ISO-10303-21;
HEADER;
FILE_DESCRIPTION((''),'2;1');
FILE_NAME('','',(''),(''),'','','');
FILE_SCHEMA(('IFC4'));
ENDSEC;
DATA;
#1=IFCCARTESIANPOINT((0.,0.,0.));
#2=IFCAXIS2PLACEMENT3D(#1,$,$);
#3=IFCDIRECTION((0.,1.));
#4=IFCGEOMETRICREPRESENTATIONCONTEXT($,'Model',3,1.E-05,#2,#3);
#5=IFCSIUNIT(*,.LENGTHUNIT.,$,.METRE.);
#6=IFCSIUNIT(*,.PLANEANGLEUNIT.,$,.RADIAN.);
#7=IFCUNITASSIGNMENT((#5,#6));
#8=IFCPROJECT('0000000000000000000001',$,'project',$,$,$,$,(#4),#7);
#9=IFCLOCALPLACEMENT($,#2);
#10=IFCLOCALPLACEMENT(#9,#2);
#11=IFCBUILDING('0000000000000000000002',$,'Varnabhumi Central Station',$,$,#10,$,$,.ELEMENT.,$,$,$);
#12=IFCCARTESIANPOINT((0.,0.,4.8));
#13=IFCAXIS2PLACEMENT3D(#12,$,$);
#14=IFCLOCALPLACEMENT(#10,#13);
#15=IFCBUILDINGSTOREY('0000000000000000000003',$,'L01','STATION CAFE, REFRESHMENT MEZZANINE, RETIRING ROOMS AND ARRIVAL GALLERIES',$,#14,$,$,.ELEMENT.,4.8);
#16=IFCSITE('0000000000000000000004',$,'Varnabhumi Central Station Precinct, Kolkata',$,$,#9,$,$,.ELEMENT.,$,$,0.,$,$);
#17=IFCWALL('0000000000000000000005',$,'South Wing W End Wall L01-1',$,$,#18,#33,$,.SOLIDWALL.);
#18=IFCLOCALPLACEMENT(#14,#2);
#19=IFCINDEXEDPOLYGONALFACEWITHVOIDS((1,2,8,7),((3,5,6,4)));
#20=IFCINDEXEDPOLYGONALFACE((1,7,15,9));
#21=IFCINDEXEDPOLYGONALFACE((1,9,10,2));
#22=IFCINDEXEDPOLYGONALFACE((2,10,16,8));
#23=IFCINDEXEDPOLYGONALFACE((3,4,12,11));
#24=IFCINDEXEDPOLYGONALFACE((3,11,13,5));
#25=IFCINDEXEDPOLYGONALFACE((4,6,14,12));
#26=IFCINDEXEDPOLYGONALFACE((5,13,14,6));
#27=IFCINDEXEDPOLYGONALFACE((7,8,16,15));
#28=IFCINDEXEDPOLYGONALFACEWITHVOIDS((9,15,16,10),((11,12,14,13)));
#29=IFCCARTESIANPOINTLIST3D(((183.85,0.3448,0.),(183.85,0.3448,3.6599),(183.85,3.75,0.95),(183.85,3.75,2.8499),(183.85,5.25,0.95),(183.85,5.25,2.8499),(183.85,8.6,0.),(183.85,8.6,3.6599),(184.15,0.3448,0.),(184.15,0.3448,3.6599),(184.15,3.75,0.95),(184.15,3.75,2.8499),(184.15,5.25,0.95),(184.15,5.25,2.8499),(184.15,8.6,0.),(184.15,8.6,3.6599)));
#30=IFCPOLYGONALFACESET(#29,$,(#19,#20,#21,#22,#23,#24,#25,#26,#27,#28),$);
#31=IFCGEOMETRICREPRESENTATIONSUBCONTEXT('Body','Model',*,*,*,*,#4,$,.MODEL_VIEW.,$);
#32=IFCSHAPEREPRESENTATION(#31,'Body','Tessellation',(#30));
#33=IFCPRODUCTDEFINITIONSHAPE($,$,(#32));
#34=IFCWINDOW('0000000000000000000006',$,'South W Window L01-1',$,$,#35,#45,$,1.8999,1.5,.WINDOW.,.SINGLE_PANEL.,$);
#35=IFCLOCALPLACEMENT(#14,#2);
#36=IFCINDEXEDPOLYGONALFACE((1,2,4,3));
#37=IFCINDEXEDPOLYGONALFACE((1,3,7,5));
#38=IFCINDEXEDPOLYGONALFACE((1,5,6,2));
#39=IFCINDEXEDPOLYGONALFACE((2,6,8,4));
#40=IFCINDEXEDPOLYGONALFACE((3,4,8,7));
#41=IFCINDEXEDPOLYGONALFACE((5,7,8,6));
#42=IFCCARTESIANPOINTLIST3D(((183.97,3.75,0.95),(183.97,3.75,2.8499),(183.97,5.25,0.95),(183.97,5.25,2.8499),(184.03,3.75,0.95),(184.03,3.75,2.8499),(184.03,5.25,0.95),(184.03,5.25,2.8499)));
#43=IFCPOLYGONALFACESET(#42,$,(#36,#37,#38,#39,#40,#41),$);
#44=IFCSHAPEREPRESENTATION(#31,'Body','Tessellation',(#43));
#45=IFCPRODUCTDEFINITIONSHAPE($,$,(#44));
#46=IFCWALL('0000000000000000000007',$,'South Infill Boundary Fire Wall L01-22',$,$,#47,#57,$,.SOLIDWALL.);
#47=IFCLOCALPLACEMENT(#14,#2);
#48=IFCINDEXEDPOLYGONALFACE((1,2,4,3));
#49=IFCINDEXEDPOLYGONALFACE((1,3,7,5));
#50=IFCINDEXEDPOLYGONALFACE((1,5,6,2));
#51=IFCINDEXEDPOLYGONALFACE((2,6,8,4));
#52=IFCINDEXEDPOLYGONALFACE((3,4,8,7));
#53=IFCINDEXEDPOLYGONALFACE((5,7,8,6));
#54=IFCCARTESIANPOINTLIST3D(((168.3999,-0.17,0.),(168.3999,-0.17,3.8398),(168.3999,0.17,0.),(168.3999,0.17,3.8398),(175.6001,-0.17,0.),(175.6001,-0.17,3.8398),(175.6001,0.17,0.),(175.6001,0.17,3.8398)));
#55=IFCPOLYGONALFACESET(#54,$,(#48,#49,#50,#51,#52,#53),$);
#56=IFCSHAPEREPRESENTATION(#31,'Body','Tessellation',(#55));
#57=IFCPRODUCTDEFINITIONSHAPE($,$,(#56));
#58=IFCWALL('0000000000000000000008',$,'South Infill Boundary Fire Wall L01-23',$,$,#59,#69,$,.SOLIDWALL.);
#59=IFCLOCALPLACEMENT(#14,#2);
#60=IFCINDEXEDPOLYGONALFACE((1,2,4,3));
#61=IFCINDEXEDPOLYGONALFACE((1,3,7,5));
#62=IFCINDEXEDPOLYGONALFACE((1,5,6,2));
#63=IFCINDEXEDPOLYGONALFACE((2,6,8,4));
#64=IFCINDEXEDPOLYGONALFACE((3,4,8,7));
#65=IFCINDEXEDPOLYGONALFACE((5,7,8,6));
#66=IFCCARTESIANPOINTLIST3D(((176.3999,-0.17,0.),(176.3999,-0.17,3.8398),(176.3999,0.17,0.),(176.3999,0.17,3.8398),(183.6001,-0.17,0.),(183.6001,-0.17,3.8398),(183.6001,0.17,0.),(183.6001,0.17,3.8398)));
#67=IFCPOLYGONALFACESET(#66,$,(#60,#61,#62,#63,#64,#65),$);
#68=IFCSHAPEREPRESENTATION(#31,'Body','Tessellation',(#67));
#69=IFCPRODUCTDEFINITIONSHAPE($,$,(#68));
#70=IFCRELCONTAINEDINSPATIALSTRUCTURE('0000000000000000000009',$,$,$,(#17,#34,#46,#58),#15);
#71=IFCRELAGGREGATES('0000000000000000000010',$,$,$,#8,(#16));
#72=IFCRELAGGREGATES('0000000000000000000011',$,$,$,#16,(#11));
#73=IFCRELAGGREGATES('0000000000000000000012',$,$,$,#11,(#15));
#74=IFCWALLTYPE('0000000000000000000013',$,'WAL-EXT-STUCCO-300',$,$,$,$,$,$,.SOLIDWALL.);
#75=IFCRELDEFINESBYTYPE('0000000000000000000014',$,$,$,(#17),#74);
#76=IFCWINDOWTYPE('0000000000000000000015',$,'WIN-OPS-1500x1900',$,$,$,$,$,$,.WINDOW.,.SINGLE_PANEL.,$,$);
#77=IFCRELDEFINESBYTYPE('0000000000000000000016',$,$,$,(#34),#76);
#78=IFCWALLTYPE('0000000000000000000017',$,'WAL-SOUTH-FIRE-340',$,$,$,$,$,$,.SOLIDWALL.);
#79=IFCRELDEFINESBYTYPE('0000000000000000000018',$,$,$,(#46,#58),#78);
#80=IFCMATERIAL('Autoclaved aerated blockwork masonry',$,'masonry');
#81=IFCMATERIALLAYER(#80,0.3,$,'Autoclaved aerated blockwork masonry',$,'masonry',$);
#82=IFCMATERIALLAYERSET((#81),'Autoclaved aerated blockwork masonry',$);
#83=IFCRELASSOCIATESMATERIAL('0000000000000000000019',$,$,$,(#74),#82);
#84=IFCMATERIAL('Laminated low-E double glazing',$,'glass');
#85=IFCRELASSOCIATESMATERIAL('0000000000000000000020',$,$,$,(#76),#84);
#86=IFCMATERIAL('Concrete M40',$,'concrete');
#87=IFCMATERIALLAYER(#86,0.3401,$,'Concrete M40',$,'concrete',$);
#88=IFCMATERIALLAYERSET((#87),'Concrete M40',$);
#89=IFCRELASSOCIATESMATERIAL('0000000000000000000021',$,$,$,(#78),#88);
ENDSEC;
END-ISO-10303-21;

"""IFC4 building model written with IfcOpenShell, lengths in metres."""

from ifc_helpers import new_model, si_unit, direction, frame, frame_2d, origin, place, context, subcontext, project, spatial, rectangle, extrude, material, layer, layer_set, type_object, element, fill, save


model = new_model("IFC4")

# Units and contexts
model_context = context("Model", 3, precision=1e-05, world=origin(), true_north=direction((0.0, 1.0)))
body_context = subcontext(model_context, "Body", "Model", "MODEL_VIEW")
ifc_project = project(units=[si_unit("LENGTHUNIT", "METRE"), si_unit("PLANEANGLEUNIT", "RADIAN")], contexts=[model_context])

# Site, building, storey
site_placement = place(None, origin())
site = spatial("IfcSite", under=ifc_project, at=site_placement, Name="Varnabhumi Central Station Precinct, Kolkata", CompositionType="ELEMENT", RefElevation=0.0)
building_placement = place(site_placement, origin())
building = spatial("IfcBuilding", under=site, at=building_placement, Name="Varnabhumi Central Station", CompositionType="ELEMENT")
storey_placement = place(building_placement, frame((0.0, 0.0, 4.8)))
storey = spatial("IfcBuildingStorey", under=building, at=storey_placement, Name="L01", Description="STATION CAFE, REFRESHMENT MEZZANINE, RETIRING ROOMS AND ARRIVAL GALLERIES", CompositionType="ELEMENT", Elevation=4.8)

# Shared definitions
ifc_material_1 = material(Name="Concrete M40", Category="concrete")

# Wall, opening, window
ifc_material_2 = material(Name="Autoclaved aerated blockwork masonry", Category="masonry")
ifc_layer_1 = layer(ifc_material_2, 0.3, Name="Autoclaved aerated blockwork masonry", Category="masonry")
ifc_layer_set_1 = layer_set([ifc_layer_1], Name="Autoclaved aerated blockwork masonry")
wall_type_1 = type_object("IfcWallType", Name="WAL-EXT-STUCCO-300", PredefinedType="SOLIDWALL", material=ifc_layer_set_1)
wall_placement = place(storey_placement, frame((184.0, 0.345, 0.0), z_axis=(0.0, 0.0, 1.0), x_axis=(0.0, 1.0, 0.0)))
wall = element("IfcWall", 1, at=wall_placement, inside=storey, type_object=wall_type_1, Name="South Wing W End Wall L01-1", PredefinedType="SOLIDWALL", context=body_context, shape_type="SweptSolid", body=[
    extrude(rectangle(XDim=8.2551, YDim=0.3, at=frame_2d((4.1274, 0.0))), origin(), (0.0, 0.0, 1.0), 3.6599),
])
opening_placement = place(wall_placement, frame((3.405, 0.0, 0.95)))
opening = element("IfcOpeningElement", 2, at=opening_placement, cuts=wall, PredefinedType="OPENING", context=body_context, shape_type="SweptSolid", body=[
    extrude(rectangle(XDim=1.5, YDim=1.8999, at=frame_2d((0.75, 0.95))), frame((0.0, 0.1599, 0.0), z_axis=(0.0, -1.0, 0.0), x_axis=(1.0, 0.0, 0.0)), (0.0, 0.0, 1.0), 0.3201),
])
ifc_material_3 = material(Name="Laminated low-E double glazing", Category="glass")
window_type = type_object("IfcWindowType", Name="WIN-OPS-1500x1900", PartitioningType="SINGLE_PANEL", PredefinedType="WINDOW", material=ifc_material_3)
window_placement = place(opening_placement, origin())
window = element("IfcWindow", 3, at=window_placement, inside=storey, type_object=window_type, Name="South W Window L01-1", OverallHeight=1.8999, OverallWidth=1.5, PartitioningType="SINGLE_PANEL", PredefinedType="WINDOW", context=body_context, shape_type="SweptSolid", body=[
    extrude(rectangle(XDim=1.5, YDim=1.8999, at=frame_2d((0.75, 0.95))), frame((0.0, 0.03, 0.0), z_axis=(0.0, -1.0, 0.0), x_axis=(1.0, 0.0, 0.0)), (0.0, 0.0, 1.0), 0.0601),
])
fill(opening, window)

# Walls
ifc_layer_2 = layer(ifc_material_1, 0.3401, Name="Concrete M40", Category="concrete")
ifc_layer_set_2 = layer_set([ifc_layer_2], Name="Concrete M40")
wall_type_2 = type_object("IfcWallType", Name="WAL-SOUTH-FIRE-340", PredefinedType="SOLIDWALL", material=ifc_layer_set_2)
for number, where, z_axis, x_axis, name in (
    (4, (168.3999, 0.0, 0.0), (0.0, 0.0, 1.0), (1.0, 0.0, 0.0), "South Infill Boundary Fire Wall L01-22"),
    (5, (176.3999, 0.0, 0.0), (0.0, 0.0, 1.0), (1.0, 0.0, 0.0), "South Infill Boundary Fire Wall L01-23"),
):
    element("IfcWall", number, at=place(storey_placement, frame(where, z_axis=z_axis, x_axis=x_axis)), inside=storey, type_object=wall_type_2, Name=name, PredefinedType="SOLIDWALL", context=body_context, shape_type="SweptSolid", body=[
        extrude(rectangle(XDim=7.2002, YDim=0.3401, at=frame_2d((3.6001, 0.0))), origin(), (0.0, 0.0, 1.0), 3.8398),
    ])

save(model, "model.ifc")
